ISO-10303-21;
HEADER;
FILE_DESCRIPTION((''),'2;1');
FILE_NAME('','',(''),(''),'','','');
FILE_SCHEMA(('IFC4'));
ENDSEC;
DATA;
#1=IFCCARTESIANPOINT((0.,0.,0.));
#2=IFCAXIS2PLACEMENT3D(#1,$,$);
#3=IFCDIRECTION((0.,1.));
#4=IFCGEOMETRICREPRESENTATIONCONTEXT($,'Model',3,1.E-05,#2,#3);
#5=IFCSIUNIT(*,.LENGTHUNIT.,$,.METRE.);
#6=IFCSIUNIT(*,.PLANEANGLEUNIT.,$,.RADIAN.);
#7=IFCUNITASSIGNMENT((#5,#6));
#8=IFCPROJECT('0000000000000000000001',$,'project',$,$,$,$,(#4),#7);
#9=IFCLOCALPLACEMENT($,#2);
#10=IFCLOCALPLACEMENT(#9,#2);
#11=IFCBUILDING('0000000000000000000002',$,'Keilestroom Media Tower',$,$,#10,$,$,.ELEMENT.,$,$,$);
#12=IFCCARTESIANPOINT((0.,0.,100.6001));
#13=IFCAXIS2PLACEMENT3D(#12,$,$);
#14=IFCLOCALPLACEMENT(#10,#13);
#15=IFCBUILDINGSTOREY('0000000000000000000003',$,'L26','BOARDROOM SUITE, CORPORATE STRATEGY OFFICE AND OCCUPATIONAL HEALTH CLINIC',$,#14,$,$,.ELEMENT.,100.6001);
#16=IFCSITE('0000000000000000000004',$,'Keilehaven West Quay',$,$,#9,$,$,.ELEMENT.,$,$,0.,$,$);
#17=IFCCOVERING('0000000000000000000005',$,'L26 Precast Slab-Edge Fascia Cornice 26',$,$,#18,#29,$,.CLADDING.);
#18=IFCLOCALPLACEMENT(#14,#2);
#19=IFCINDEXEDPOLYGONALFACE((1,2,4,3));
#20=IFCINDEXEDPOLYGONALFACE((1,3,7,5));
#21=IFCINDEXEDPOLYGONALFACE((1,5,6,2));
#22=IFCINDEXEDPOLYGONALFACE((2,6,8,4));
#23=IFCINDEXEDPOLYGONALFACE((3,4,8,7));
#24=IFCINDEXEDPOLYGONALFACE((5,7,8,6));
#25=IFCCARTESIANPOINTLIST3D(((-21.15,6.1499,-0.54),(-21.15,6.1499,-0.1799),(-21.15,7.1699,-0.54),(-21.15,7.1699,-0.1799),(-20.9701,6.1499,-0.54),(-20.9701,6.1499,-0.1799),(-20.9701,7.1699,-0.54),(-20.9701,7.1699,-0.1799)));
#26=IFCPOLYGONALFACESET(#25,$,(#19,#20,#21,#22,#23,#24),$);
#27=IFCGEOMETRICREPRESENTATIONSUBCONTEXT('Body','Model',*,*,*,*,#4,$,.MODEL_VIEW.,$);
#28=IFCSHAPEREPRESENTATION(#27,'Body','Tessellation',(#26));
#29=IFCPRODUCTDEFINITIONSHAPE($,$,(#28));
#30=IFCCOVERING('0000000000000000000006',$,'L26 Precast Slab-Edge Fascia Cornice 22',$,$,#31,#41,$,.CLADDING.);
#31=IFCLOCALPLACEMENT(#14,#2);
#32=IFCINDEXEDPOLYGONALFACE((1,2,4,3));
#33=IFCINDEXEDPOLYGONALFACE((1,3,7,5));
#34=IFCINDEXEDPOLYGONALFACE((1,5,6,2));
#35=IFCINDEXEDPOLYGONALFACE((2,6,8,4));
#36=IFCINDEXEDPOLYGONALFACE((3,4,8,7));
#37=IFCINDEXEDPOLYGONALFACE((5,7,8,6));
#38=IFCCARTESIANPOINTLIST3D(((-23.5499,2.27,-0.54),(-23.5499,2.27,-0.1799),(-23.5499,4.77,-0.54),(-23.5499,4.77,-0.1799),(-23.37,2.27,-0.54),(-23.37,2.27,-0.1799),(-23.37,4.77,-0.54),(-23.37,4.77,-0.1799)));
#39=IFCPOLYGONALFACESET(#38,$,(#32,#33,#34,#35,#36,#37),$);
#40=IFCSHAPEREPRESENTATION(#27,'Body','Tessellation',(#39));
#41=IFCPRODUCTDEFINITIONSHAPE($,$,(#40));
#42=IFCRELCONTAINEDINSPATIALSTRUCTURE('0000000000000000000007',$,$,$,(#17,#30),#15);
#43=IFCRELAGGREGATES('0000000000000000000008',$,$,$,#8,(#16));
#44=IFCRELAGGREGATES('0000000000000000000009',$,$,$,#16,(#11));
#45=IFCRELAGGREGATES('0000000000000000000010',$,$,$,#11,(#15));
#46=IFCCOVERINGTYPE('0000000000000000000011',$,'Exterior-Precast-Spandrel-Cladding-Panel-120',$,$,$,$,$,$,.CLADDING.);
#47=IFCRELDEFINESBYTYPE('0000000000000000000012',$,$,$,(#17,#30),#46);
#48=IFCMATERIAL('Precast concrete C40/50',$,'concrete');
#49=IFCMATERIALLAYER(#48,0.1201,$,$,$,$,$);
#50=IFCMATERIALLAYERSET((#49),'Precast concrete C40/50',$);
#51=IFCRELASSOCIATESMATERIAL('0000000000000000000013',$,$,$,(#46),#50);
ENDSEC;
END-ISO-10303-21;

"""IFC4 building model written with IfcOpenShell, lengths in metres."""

from ifc_helpers import new_model, si_unit, direction, frame, origin, origin_2d, place, context, subcontext, project, spatial, rectangle, extrude, source, transform, mapped, material, layer, layer_set, type_object, element, save


model = new_model("IFC4")

# Units and contexts
model_context = context("Model", 3, precision=1e-05, world=origin(), true_north=direction((0.0, 1.0)))
body_context = subcontext(model_context, "Body", "Model", "MODEL_VIEW")
ifc_project = project(units=[si_unit("LENGTHUNIT", "METRE"), si_unit("PLANEANGLEUNIT", "RADIAN")], contexts=[model_context])

# Site, building, storey
site_placement = place(None, origin())
site = spatial("IfcSite", under=ifc_project, at=site_placement, Name="Keilehaven West Quay", CompositionType="ELEMENT", RefElevation=0.0)
building_placement = place(site_placement, origin())
building = spatial("IfcBuilding", under=site, at=building_placement, Name="Keilestroom Media Tower", CompositionType="ELEMENT")
storey_placement = place(building_placement, frame((0.0, 0.0, 100.6001)))
storey = spatial("IfcBuildingStorey", under=building, at=storey_placement, Name="L26", Description="BOARDROOM SUITE, CORPORATE STRATEGY OFFICE AND OCCUPATIONAL HEALTH CLINIC", CompositionType="ELEMENT", Elevation=100.6001)

# Shared definitions
ifc_material_1 = material(Name="Precast concrete C40/50", Category="concrete")

# Coverings
ifc_layer_1 = layer(ifc_material_1, 0.1201)
ifc_layer_set_1 = layer_set([ifc_layer_1], Name="Precast concrete C40/50")
covering_type = type_object("IfcCoveringType", Name="Exterior-Precast-Spandrel-Cladding-Panel-120", PredefinedType="CLADDING", material=ifc_layer_set_1)
shared_shape_1 = source(origin(), body_context, "Body", "SweptSolid", [
    extrude(rectangle(XDim=1.02, YDim=0.1799, at=origin_2d()), origin(), (0.0, 0.0, 1.0), 0.3601),
])
for number, where, z_axis, x_axis, name in (
    (1, (-21.0601, 6.6599, -0.54), (0.0, 0.0, 1.0), (0.0, 1.0, 0.0), "L26 Precast Slab-Edge Fascia Cornice 26"),
):
    element("IfcCovering", number, at=place(storey_placement, frame(where, z_axis=z_axis, x_axis=x_axis)), inside=storey, type_object=covering_type, Name=name, PredefinedType="CLADDING", context=body_context, shape_type="MappedRepresentation", body=[
        mapped(shared_shape_1, transform((0.0, 0.0, 0.0), x_axis=(1.0, 0.0, 0.0), y_axis=(0.0, 1.0, 0.0), z_axis=(0.0, 0.0, 1.0), scale=1.0)),
    ])
shared_shape_2 = source(origin(), body_context, "Body", "SweptSolid", [
    extrude(rectangle(XDim=2.5, YDim=0.1799, at=origin_2d()), origin(), (0.0, 0.0, 1.0), 0.3601),
])
covering_placement = place(storey_placement, frame((-23.46, 3.52, -0.54), z_axis=(0.0, 0.0, 1.0), x_axis=(0.0, 1.0, 0.0)))
element("IfcCovering", 2, at=covering_placement, inside=storey, type_object=covering_type, Name="L26 Precast Slab-Edge Fascia Cornice 22", PredefinedType="CLADDING", context=body_context, shape_type="MappedRepresentation", body=[
    mapped(shared_shape_2, transform((0.0, 0.0, 0.0), x_axis=(1.0, 0.0, 0.0), y_axis=(0.0, 1.0, 0.0), z_axis=(0.0, 0.0, 1.0), scale=1.0)),
])

save(model, "model.ifc")
